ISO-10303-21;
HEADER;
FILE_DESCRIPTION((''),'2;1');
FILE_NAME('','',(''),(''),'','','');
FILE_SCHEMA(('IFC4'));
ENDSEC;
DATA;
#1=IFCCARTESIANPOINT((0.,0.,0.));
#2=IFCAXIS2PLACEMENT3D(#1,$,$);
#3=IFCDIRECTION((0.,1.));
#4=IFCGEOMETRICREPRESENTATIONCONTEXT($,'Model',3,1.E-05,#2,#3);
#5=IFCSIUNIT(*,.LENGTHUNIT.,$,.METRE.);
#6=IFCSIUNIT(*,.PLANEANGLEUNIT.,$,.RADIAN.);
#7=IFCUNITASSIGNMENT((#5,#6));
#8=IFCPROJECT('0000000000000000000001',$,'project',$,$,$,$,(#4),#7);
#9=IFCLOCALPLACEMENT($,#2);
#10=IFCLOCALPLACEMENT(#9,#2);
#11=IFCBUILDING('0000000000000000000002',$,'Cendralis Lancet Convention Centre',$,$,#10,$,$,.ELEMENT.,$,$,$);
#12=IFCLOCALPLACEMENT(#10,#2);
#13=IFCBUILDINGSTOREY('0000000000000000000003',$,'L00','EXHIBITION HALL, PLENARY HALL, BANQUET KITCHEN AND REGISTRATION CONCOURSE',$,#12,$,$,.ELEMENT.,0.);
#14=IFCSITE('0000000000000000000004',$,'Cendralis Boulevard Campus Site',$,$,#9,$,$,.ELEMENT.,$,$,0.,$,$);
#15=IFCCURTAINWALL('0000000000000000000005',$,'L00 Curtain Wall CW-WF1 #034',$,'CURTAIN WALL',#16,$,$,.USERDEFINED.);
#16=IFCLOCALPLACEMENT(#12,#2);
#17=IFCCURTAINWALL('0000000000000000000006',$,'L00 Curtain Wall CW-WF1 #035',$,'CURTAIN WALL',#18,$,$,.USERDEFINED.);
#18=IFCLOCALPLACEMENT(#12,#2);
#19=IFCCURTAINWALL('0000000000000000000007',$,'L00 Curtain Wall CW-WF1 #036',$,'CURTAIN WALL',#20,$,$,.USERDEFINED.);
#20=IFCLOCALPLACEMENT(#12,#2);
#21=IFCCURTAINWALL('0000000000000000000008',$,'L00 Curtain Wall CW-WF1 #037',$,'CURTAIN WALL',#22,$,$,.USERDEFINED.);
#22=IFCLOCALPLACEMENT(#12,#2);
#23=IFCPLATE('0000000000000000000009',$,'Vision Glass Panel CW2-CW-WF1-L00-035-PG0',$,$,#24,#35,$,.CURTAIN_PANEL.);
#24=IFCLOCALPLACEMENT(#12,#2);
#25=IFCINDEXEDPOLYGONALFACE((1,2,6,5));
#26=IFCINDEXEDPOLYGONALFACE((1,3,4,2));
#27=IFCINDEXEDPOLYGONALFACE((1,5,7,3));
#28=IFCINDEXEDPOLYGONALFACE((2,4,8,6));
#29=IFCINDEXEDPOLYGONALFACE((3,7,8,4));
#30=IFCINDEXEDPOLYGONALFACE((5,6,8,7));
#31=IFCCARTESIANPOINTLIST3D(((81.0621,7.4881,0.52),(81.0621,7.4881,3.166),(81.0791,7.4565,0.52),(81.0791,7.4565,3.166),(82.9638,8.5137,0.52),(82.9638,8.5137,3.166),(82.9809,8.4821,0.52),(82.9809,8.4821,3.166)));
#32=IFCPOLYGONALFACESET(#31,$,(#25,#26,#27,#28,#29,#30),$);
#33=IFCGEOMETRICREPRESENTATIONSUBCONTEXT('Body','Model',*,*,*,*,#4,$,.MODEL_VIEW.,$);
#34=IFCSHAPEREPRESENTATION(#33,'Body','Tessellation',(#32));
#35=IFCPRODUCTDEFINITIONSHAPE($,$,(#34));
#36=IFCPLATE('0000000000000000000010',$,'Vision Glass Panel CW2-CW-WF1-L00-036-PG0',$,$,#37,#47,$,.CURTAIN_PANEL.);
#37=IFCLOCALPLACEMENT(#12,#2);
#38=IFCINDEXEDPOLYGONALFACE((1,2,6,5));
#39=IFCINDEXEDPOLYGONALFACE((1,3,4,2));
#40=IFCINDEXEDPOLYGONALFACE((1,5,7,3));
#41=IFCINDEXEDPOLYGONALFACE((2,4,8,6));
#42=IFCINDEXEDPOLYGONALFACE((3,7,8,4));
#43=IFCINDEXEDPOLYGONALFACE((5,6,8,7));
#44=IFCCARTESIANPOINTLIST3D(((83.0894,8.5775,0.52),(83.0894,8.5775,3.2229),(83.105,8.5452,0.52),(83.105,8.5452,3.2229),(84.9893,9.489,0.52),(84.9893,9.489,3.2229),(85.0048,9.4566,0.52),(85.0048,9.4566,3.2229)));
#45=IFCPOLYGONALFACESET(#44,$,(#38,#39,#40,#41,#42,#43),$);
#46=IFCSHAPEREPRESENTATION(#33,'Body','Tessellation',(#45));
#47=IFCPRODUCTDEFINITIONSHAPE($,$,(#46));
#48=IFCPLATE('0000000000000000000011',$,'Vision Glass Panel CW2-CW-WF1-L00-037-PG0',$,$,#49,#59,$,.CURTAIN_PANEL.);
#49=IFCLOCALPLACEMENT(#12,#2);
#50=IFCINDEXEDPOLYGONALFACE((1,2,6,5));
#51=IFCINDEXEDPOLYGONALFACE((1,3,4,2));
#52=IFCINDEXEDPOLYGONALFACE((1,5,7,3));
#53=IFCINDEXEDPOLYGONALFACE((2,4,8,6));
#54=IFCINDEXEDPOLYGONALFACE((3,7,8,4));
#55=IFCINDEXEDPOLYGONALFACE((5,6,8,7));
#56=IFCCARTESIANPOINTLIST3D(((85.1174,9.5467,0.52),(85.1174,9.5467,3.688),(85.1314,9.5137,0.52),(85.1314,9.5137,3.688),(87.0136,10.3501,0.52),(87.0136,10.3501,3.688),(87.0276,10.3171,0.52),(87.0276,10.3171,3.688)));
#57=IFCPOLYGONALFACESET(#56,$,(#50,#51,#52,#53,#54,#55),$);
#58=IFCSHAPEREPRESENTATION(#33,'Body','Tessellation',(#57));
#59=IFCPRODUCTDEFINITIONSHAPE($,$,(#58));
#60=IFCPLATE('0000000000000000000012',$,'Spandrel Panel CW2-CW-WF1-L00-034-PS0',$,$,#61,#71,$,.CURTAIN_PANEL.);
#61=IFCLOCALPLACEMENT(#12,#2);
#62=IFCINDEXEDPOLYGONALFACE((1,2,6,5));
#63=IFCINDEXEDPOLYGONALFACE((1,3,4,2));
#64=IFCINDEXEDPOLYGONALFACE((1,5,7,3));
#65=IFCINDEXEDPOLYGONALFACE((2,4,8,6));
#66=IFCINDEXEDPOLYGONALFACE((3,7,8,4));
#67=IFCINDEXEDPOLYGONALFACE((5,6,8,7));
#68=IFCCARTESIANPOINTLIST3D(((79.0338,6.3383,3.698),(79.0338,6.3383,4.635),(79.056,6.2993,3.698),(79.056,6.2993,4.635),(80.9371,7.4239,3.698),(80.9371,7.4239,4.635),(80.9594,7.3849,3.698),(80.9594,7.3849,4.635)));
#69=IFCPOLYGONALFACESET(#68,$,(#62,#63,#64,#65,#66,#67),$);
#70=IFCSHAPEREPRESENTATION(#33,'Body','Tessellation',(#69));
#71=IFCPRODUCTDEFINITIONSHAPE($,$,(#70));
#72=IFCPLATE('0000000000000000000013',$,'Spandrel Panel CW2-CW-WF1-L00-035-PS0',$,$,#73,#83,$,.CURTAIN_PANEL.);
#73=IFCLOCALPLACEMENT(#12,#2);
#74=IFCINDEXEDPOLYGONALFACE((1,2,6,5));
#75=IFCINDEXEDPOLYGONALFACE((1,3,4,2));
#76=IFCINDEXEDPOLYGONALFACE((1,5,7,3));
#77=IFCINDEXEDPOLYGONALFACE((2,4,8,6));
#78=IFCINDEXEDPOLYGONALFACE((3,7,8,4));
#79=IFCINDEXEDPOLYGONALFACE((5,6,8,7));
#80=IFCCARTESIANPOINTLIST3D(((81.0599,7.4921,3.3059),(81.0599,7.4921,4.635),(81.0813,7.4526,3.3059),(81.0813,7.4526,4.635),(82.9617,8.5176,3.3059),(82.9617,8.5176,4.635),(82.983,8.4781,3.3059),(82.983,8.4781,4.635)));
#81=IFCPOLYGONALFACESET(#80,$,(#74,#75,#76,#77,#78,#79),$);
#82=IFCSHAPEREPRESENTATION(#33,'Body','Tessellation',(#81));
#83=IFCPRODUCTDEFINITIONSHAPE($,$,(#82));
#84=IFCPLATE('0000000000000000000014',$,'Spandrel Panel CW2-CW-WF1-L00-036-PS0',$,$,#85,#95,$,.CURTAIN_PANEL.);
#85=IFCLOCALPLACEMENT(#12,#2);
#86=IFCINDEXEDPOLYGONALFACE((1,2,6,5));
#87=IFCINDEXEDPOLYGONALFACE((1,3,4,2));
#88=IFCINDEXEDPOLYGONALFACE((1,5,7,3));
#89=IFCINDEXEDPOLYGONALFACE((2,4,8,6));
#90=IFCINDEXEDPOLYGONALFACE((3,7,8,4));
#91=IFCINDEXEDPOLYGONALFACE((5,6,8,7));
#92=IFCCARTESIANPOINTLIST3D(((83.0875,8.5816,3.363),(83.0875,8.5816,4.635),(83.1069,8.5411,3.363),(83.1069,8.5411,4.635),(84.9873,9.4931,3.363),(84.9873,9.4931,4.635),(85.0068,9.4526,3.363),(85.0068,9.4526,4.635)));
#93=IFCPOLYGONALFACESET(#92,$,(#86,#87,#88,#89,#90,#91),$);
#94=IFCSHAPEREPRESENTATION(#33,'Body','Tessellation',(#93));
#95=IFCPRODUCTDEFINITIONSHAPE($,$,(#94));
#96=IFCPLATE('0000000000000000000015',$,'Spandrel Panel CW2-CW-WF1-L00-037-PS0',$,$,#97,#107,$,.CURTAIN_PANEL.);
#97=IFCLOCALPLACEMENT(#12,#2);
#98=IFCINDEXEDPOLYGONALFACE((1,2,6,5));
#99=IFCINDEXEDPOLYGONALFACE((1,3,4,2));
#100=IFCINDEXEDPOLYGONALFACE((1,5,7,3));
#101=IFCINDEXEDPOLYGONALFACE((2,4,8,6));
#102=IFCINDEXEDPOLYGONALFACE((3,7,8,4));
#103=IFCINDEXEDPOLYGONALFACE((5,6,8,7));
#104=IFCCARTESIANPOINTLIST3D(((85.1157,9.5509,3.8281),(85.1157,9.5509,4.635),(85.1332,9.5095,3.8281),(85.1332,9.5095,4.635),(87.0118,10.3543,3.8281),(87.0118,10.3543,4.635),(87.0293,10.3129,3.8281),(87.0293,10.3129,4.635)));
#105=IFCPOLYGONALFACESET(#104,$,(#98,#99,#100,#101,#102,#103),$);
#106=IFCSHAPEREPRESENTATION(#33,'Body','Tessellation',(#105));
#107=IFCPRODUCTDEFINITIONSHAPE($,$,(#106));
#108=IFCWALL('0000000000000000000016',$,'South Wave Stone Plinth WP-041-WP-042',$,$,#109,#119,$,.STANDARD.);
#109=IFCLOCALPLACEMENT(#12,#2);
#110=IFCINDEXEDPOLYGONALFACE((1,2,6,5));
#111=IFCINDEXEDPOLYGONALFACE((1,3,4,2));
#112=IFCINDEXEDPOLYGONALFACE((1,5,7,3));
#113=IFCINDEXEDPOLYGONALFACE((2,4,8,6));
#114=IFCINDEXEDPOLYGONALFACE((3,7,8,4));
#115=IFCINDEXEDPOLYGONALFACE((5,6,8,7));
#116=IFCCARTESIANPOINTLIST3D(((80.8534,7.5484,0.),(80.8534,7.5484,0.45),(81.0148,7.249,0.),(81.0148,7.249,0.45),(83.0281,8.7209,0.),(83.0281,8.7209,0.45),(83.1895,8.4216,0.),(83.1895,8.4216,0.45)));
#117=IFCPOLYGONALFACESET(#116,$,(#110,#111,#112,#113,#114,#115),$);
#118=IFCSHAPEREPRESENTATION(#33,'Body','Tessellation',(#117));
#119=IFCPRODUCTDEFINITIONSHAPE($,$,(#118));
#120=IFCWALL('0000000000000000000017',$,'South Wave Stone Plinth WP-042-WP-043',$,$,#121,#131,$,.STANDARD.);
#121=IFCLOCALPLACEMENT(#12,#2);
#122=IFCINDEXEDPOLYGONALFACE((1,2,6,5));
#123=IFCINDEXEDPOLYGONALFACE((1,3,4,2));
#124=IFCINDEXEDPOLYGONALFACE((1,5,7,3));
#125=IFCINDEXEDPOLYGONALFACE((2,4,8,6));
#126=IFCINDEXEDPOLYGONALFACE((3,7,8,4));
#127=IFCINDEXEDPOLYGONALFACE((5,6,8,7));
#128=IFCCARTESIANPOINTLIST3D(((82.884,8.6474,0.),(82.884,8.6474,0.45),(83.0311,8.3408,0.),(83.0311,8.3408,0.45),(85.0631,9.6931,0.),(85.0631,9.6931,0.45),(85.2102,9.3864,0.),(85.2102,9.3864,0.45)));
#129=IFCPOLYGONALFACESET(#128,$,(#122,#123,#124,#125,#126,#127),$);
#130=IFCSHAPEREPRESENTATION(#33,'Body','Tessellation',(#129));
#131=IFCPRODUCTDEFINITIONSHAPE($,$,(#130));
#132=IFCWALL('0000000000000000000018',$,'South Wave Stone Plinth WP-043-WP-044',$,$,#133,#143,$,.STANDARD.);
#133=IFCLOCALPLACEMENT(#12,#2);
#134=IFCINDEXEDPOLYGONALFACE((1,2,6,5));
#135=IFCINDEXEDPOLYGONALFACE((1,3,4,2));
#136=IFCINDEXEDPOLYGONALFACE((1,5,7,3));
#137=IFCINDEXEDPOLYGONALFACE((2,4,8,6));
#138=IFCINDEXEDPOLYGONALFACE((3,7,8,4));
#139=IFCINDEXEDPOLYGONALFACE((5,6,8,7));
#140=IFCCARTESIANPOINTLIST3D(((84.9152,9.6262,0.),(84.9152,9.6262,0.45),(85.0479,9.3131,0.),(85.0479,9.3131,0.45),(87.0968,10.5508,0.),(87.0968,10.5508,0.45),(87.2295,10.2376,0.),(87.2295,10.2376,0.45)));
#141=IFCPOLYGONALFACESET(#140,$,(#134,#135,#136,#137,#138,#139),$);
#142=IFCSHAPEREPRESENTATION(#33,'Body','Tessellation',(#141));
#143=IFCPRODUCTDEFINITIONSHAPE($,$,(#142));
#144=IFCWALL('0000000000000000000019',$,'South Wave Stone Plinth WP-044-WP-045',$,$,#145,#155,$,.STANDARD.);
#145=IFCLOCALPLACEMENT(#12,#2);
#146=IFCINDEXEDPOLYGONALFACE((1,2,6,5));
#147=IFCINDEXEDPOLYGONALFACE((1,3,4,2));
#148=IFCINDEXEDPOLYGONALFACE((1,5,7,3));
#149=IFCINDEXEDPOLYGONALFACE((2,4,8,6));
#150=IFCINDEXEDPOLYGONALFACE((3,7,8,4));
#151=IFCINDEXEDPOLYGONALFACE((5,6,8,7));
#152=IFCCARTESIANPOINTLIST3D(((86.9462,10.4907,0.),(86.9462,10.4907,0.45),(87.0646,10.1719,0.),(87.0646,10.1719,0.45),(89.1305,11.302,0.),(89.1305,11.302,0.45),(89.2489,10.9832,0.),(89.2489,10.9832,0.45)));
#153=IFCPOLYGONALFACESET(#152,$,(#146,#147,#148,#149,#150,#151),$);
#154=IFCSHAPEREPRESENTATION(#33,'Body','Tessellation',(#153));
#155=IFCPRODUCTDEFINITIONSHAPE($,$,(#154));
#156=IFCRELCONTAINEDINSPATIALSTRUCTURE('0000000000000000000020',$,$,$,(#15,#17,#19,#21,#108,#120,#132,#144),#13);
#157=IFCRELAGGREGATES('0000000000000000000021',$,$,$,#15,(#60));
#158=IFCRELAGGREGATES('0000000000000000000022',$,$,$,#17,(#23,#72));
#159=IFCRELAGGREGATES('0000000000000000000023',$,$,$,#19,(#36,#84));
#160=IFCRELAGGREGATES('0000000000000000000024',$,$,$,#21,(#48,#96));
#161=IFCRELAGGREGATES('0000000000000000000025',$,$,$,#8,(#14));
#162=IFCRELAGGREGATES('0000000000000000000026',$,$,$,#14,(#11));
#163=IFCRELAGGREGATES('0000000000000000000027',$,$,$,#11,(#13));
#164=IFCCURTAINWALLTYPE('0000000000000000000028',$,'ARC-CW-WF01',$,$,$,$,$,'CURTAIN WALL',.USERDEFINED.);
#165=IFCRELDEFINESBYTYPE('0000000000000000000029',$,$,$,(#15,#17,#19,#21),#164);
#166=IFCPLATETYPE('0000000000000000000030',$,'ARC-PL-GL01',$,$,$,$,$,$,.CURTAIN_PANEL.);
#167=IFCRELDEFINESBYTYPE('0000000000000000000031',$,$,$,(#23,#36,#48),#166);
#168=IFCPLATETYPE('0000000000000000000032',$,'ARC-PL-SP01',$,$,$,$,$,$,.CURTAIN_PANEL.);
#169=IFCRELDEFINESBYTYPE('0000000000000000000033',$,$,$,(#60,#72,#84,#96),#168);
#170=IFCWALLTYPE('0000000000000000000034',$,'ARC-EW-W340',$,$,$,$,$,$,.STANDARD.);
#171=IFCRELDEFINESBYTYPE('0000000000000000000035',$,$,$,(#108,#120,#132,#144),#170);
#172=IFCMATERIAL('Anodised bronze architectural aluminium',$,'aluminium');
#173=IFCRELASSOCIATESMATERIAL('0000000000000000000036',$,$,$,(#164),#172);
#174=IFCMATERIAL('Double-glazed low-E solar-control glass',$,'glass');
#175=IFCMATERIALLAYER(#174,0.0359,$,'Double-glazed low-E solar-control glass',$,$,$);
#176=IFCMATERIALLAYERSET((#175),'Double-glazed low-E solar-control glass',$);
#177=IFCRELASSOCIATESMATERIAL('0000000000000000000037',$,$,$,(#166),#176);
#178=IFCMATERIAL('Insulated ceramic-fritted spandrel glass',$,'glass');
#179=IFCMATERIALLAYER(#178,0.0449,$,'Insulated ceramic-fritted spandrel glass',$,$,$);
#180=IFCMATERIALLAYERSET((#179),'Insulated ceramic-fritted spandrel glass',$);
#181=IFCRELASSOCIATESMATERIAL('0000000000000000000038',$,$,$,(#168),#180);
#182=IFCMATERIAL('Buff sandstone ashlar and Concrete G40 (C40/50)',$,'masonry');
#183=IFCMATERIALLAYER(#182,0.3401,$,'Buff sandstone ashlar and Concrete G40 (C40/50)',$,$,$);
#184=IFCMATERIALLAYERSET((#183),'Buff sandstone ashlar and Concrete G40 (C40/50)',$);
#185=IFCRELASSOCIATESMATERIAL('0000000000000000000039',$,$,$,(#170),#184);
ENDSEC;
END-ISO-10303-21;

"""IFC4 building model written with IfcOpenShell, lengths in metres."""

from ifc_helpers import new_model, si_unit, direction, frame, frame_2d, origin, origin_2d, place, context, subcontext, project, spatial, rectangle, extrude, material, layer, layer_set, type_object, element, aggregate, save


model = new_model("IFC4")

# Units and contexts
model_context = context("Model", 3, precision=1e-05, world=origin(), true_north=direction((0.0, 1.0)))
body_context = subcontext(model_context, "Body", "Model", "MODEL_VIEW")
ifc_project = project(units=[si_unit("LENGTHUNIT", "METRE"), si_unit("PLANEANGLEUNIT", "RADIAN")], contexts=[model_context])

# Site, building, storey
site_placement = place(None, origin())
site = spatial("IfcSite", under=ifc_project, at=site_placement, Name="Cendralis Boulevard Campus Site", CompositionType="ELEMENT", RefElevation=0.0)
building_placement = place(site_placement, origin())
building = spatial("IfcBuilding", under=site, at=building_placement, Name="Cendralis Lancet Convention Centre", CompositionType="ELEMENT")
storey_placement = place(building_placement, origin())
storey = spatial("IfcBuildingStorey", under=building, at=storey_placement, Name="L00", Description="EXHIBITION HALL, PLENARY HALL, BANQUET KITCHEN AND REGISTRATION CONCOURSE", CompositionType="ELEMENT", Elevation=0.0)

# Curtain wall
ifc_material_1 = material(Name="Anodised bronze architectural aluminium", Category="aluminium")
curtain_wall_type = type_object("IfcCurtainWallType", Name="ARC-CW-WF01", ElementType="CURTAIN WALL", PredefinedType="USERDEFINED", material=ifc_material_1)
curtain_wall_1_placement = place(storey_placement, origin())
curtain_wall_1 = element("IfcCurtainWall", 1, at=curtain_wall_1_placement, inside=storey, type_object=curtain_wall_type, Name="L00 Curtain Wall CW-WF1 #034", ObjectType="CURTAIN WALL", PredefinedType="USERDEFINED")

# Curtain walls
curtain_wall_2_placement = place(storey_placement, origin())
curtain_wall_2 = element("IfcCurtainWall", 2, at=curtain_wall_2_placement, inside=storey, type_object=curtain_wall_type, Name="L00 Curtain Wall CW-WF1 #035", ObjectType="CURTAIN WALL", PredefinedType="USERDEFINED")
curtain_wall_3_placement = place(storey_placement, origin())
curtain_wall_3 = element("IfcCurtainWall", 3, at=curtain_wall_3_placement, inside=storey, type_object=curtain_wall_type, Name="L00 Curtain Wall CW-WF1 #036", ObjectType="CURTAIN WALL", PredefinedType="USERDEFINED")

# Curtain wall
curtain_wall_4_placement = place(storey_placement, origin())
curtain_wall_4 = element("IfcCurtainWall", 4, at=curtain_wall_4_placement, inside=storey, type_object=curtain_wall_type, Name="L00 Curtain Wall CW-WF1 #037", ObjectType="CURTAIN WALL", PredefinedType="USERDEFINED")

# Plates
ifc_material_2 = material(Name="Double-glazed low-E solar-control glass", Category="glass")
ifc_layer_1 = layer(ifc_material_2, 0.0359, Name="Double-glazed low-E solar-control glass")
ifc_layer_set_1 = layer_set([ifc_layer_1], Name="Double-glazed low-E solar-control glass")
plate_type_1 = type_object("IfcPlateType", Name="ARC-PL-GL01", PredefinedType="CURTAIN_PANEL", material=ifc_layer_set_1)
plate_1_placement = place(storey_placement, frame((82.0215, 7.9851, 0.52), z_axis=(0.0, 0.0, 1.0), x_axis=(0.880178, 0.474644, 0.0)))
plate_1 = element("IfcPlate", 5, at=plate_1_placement, type_object=plate_type_1, Name="Vision Glass Panel CW2-CW-WF1-L00-035-PG0", PredefinedType="CURTAIN_PANEL", context=body_context, shape_type="SweptSolid", body=[
    extrude(rectangle(XDim=2.1606, YDim=0.0359, at=origin_2d()), origin(), (0.0, 0.0, 1.0), 2.646),
])
plate_2_placement = place(storey_placement, frame((84.0471, 9.0171, 0.52), z_axis=(0.0, 0.0, 1.0), x_axis=(0.901606, 0.432557, 0.0)))
plate_2 = element("IfcPlate", 6, at=plate_2_placement, type_object=plate_type_1, Name="Vision Glass Panel CW2-CW-WF1-L00-036-PG0", PredefinedType="CURTAIN_PANEL", context=body_context, shape_type="SweptSolid", body=[
    extrude(rectangle(XDim=2.1072, YDim=0.0359, at=origin_2d()), origin(), (0.0, 0.0, 1.0), 2.7029),
])
plate_3_placement = place(storey_placement, frame((86.0725, 9.9319, 0.52), z_axis=(0.0, 0.0, 1.0), x_axis=(0.92076, 0.390129, 0.0)))
plate_3 = element("IfcPlate", 7, at=plate_3_placement, type_object=plate_type_1, Name="Vision Glass Panel CW2-CW-WF1-L00-037-PG0", PredefinedType="CURTAIN_PANEL", context=body_context, shape_type="SweptSolid", body=[
    extrude(rectangle(XDim=2.0593, YDim=0.0359, at=origin_2d()), origin(), (0.0, 0.0, 1.0), 3.168),
])
ifc_material_3 = material(Name="Insulated ceramic-fritted spandrel glass", Category="glass")
ifc_layer_2 = layer(ifc_material_3, 0.0449, Name="Insulated ceramic-fritted spandrel glass")
ifc_layer_set_2 = layer_set([ifc_layer_2], Name="Insulated ceramic-fritted spandrel glass")
plate_type_2 = type_object("IfcPlateType", Name="ARC-PL-SP01", PredefinedType="CURTAIN_PANEL", material=ifc_layer_set_2)
plate_4_placement = place(storey_placement, frame((79.9966, 6.8616, 3.698), z_axis=(0.0, 0.0, 1.0), x_axis=(0.868639, 0.495446, 0.0)))
plate_4 = element("IfcPlate", 8, at=plate_4_placement, type_object=plate_type_2, Name="Spandrel Panel CW2-CW-WF1-L00-034-PS0", PredefinedType="CURTAIN_PANEL", context=body_context, shape_type="SweptSolid", body=[
    extrude(rectangle(XDim=2.1912, YDim=0.0449, at=origin_2d()), origin(), (0.0, 0.0, 1.0), 0.937),
])
aggregate(curtain_wall_1, [plate_4])
plate_5_placement = place(storey_placement, frame((82.0215, 7.9851, 3.3059), z_axis=(0.0, 0.0, 1.0), x_axis=(0.880178, 0.474644, 0.0)))
plate_5 = element("IfcPlate", 9, at=plate_5_placement, type_object=plate_type_2, Name="Spandrel Panel CW2-CW-WF1-L00-035-PS0", PredefinedType="CURTAIN_PANEL", context=body_context, shape_type="SweptSolid", body=[
    extrude(rectangle(XDim=2.1606, YDim=0.0449, at=origin_2d()), origin(), (0.0, 0.0, 1.0), 1.3291),
])
aggregate(curtain_wall_2, [plate_1, plate_5])
plate_6_placement = place(storey_placement, frame((84.0471, 9.0171, 3.363), z_axis=(0.0, 0.0, 1.0), x_axis=(0.901606, 0.432557, 0.0)))
plate_6 = element("IfcPlate", 10, at=plate_6_placement, type_object=plate_type_2, Name="Spandrel Panel CW2-CW-WF1-L00-036-PS0", PredefinedType="CURTAIN_PANEL", context=body_context, shape_type="SweptSolid", body=[
    extrude(rectangle(XDim=2.1072, YDim=0.0449, at=origin_2d()), origin(), (0.0, 0.0, 1.0), 1.272),
])
aggregate(curtain_wall_3, [plate_2, plate_6])
plate_7_placement = place(storey_placement, frame((86.0725, 9.9319, 3.8281), z_axis=(0.0, 0.0, 1.0), x_axis=(0.92076, 0.390129, 0.0)))
plate_7 = element("IfcPlate", 11, at=plate_7_placement, type_object=plate_type_2, Name="Spandrel Panel CW2-CW-WF1-L00-037-PS0", PredefinedType="CURTAIN_PANEL", context=body_context, shape_type="SweptSolid", body=[
    extrude(rectangle(XDim=2.0593, YDim=0.0449, at=origin_2d()), origin(), (0.0, 0.0, 1.0), 0.8069),
])
aggregate(curtain_wall_4, [plate_3, plate_7])

# Walls
ifc_material_4 = material(Name="Buff sandstone ashlar and Concrete G40 (C40/50)", Category="masonry")
ifc_layer_3 = layer(ifc_material_4, 0.3401, Name="Buff sandstone ashlar and Concrete G40 (C40/50)")
ifc_layer_set_3 = layer_set([ifc_layer_3], Name="Buff sandstone ashlar and Concrete G40 (C40/50)")
wall_type = type_object("IfcWallType", Name="ARC-EW-W340", PredefinedType="STANDARD", material=ifc_layer_set_3)
wall_1_placement = place(storey_placement, frame((80.9341, 7.3987, 0.0), z_axis=(0.0, 0.0, 1.0), x_axis=(0.880208, 0.474589, 0.0)))
element("IfcWall", 12, at=wall_1_placement, inside=storey, type_object=wall_type, Name="South Wave Stone Plinth WP-041-WP-042", PredefinedType="STANDARD", context=body_context, shape_type="SweptSolid", body=[
    extrude(rectangle(XDim=2.4707, YDim=0.3401, at=frame_2d((1.2354, 0.0))), origin(), (0.0, 0.0, 1.0), 0.45),
])
wall_2_placement = place(storey_placement, frame((82.9575, 8.4941, 0.0), z_axis=(0.0, 0.0, 1.0), x_axis=(0.901581, 0.43261, 0.0)))
element("IfcWall", 13, at=wall_2_placement, inside=storey, type_object=wall_type, Name="South Wave Stone Plinth WP-042-WP-043", PredefinedType="STANDARD", context=body_context, shape_type="SweptSolid", body=[
    extrude(rectangle(XDim=2.417, YDim=0.3401, at=frame_2d((1.2085, 0.0))), origin(), (0.0, 0.0, 1.0), 0.45),
])
wall_3_placement = place(storey_placement, frame((84.9817, 9.4697, 0.0), z_axis=(0.0, 0.0, 1.0), x_axis=(0.920731, 0.390198, 0.0)))
element("IfcWall", 14, at=wall_3_placement, inside=storey, type_object=wall_type, Name="South Wave Stone Plinth WP-043-WP-044", PredefinedType="STANDARD", context=body_context, shape_type="SweptSolid", body=[
    extrude(rectangle(XDim=2.3694, YDim=0.3401, at=frame_2d((1.1846, 0.0))), origin(), (0.0, 0.0, 1.0), 0.45),
])
wall_4_placement = place(storey_placement, frame((87.0054, 10.3313, 0.0), z_axis=(0.0, 0.0, 1.0), x_axis=(0.937431, 0.348171, 0.0)))
element("IfcWall", 15, at=wall_4_placement, inside=storey, type_object=wall_type, Name="South Wave Stone Plinth WP-044-WP-045", PredefinedType="STANDARD", context=body_context, shape_type="SweptSolid", body=[
    extrude(rectangle(XDim=2.3301, YDim=0.3401, at=frame_2d((1.165, 0.0))), origin(), (0.0, 0.0, 1.0), 0.45),
])

save(model, "model.ifc")
